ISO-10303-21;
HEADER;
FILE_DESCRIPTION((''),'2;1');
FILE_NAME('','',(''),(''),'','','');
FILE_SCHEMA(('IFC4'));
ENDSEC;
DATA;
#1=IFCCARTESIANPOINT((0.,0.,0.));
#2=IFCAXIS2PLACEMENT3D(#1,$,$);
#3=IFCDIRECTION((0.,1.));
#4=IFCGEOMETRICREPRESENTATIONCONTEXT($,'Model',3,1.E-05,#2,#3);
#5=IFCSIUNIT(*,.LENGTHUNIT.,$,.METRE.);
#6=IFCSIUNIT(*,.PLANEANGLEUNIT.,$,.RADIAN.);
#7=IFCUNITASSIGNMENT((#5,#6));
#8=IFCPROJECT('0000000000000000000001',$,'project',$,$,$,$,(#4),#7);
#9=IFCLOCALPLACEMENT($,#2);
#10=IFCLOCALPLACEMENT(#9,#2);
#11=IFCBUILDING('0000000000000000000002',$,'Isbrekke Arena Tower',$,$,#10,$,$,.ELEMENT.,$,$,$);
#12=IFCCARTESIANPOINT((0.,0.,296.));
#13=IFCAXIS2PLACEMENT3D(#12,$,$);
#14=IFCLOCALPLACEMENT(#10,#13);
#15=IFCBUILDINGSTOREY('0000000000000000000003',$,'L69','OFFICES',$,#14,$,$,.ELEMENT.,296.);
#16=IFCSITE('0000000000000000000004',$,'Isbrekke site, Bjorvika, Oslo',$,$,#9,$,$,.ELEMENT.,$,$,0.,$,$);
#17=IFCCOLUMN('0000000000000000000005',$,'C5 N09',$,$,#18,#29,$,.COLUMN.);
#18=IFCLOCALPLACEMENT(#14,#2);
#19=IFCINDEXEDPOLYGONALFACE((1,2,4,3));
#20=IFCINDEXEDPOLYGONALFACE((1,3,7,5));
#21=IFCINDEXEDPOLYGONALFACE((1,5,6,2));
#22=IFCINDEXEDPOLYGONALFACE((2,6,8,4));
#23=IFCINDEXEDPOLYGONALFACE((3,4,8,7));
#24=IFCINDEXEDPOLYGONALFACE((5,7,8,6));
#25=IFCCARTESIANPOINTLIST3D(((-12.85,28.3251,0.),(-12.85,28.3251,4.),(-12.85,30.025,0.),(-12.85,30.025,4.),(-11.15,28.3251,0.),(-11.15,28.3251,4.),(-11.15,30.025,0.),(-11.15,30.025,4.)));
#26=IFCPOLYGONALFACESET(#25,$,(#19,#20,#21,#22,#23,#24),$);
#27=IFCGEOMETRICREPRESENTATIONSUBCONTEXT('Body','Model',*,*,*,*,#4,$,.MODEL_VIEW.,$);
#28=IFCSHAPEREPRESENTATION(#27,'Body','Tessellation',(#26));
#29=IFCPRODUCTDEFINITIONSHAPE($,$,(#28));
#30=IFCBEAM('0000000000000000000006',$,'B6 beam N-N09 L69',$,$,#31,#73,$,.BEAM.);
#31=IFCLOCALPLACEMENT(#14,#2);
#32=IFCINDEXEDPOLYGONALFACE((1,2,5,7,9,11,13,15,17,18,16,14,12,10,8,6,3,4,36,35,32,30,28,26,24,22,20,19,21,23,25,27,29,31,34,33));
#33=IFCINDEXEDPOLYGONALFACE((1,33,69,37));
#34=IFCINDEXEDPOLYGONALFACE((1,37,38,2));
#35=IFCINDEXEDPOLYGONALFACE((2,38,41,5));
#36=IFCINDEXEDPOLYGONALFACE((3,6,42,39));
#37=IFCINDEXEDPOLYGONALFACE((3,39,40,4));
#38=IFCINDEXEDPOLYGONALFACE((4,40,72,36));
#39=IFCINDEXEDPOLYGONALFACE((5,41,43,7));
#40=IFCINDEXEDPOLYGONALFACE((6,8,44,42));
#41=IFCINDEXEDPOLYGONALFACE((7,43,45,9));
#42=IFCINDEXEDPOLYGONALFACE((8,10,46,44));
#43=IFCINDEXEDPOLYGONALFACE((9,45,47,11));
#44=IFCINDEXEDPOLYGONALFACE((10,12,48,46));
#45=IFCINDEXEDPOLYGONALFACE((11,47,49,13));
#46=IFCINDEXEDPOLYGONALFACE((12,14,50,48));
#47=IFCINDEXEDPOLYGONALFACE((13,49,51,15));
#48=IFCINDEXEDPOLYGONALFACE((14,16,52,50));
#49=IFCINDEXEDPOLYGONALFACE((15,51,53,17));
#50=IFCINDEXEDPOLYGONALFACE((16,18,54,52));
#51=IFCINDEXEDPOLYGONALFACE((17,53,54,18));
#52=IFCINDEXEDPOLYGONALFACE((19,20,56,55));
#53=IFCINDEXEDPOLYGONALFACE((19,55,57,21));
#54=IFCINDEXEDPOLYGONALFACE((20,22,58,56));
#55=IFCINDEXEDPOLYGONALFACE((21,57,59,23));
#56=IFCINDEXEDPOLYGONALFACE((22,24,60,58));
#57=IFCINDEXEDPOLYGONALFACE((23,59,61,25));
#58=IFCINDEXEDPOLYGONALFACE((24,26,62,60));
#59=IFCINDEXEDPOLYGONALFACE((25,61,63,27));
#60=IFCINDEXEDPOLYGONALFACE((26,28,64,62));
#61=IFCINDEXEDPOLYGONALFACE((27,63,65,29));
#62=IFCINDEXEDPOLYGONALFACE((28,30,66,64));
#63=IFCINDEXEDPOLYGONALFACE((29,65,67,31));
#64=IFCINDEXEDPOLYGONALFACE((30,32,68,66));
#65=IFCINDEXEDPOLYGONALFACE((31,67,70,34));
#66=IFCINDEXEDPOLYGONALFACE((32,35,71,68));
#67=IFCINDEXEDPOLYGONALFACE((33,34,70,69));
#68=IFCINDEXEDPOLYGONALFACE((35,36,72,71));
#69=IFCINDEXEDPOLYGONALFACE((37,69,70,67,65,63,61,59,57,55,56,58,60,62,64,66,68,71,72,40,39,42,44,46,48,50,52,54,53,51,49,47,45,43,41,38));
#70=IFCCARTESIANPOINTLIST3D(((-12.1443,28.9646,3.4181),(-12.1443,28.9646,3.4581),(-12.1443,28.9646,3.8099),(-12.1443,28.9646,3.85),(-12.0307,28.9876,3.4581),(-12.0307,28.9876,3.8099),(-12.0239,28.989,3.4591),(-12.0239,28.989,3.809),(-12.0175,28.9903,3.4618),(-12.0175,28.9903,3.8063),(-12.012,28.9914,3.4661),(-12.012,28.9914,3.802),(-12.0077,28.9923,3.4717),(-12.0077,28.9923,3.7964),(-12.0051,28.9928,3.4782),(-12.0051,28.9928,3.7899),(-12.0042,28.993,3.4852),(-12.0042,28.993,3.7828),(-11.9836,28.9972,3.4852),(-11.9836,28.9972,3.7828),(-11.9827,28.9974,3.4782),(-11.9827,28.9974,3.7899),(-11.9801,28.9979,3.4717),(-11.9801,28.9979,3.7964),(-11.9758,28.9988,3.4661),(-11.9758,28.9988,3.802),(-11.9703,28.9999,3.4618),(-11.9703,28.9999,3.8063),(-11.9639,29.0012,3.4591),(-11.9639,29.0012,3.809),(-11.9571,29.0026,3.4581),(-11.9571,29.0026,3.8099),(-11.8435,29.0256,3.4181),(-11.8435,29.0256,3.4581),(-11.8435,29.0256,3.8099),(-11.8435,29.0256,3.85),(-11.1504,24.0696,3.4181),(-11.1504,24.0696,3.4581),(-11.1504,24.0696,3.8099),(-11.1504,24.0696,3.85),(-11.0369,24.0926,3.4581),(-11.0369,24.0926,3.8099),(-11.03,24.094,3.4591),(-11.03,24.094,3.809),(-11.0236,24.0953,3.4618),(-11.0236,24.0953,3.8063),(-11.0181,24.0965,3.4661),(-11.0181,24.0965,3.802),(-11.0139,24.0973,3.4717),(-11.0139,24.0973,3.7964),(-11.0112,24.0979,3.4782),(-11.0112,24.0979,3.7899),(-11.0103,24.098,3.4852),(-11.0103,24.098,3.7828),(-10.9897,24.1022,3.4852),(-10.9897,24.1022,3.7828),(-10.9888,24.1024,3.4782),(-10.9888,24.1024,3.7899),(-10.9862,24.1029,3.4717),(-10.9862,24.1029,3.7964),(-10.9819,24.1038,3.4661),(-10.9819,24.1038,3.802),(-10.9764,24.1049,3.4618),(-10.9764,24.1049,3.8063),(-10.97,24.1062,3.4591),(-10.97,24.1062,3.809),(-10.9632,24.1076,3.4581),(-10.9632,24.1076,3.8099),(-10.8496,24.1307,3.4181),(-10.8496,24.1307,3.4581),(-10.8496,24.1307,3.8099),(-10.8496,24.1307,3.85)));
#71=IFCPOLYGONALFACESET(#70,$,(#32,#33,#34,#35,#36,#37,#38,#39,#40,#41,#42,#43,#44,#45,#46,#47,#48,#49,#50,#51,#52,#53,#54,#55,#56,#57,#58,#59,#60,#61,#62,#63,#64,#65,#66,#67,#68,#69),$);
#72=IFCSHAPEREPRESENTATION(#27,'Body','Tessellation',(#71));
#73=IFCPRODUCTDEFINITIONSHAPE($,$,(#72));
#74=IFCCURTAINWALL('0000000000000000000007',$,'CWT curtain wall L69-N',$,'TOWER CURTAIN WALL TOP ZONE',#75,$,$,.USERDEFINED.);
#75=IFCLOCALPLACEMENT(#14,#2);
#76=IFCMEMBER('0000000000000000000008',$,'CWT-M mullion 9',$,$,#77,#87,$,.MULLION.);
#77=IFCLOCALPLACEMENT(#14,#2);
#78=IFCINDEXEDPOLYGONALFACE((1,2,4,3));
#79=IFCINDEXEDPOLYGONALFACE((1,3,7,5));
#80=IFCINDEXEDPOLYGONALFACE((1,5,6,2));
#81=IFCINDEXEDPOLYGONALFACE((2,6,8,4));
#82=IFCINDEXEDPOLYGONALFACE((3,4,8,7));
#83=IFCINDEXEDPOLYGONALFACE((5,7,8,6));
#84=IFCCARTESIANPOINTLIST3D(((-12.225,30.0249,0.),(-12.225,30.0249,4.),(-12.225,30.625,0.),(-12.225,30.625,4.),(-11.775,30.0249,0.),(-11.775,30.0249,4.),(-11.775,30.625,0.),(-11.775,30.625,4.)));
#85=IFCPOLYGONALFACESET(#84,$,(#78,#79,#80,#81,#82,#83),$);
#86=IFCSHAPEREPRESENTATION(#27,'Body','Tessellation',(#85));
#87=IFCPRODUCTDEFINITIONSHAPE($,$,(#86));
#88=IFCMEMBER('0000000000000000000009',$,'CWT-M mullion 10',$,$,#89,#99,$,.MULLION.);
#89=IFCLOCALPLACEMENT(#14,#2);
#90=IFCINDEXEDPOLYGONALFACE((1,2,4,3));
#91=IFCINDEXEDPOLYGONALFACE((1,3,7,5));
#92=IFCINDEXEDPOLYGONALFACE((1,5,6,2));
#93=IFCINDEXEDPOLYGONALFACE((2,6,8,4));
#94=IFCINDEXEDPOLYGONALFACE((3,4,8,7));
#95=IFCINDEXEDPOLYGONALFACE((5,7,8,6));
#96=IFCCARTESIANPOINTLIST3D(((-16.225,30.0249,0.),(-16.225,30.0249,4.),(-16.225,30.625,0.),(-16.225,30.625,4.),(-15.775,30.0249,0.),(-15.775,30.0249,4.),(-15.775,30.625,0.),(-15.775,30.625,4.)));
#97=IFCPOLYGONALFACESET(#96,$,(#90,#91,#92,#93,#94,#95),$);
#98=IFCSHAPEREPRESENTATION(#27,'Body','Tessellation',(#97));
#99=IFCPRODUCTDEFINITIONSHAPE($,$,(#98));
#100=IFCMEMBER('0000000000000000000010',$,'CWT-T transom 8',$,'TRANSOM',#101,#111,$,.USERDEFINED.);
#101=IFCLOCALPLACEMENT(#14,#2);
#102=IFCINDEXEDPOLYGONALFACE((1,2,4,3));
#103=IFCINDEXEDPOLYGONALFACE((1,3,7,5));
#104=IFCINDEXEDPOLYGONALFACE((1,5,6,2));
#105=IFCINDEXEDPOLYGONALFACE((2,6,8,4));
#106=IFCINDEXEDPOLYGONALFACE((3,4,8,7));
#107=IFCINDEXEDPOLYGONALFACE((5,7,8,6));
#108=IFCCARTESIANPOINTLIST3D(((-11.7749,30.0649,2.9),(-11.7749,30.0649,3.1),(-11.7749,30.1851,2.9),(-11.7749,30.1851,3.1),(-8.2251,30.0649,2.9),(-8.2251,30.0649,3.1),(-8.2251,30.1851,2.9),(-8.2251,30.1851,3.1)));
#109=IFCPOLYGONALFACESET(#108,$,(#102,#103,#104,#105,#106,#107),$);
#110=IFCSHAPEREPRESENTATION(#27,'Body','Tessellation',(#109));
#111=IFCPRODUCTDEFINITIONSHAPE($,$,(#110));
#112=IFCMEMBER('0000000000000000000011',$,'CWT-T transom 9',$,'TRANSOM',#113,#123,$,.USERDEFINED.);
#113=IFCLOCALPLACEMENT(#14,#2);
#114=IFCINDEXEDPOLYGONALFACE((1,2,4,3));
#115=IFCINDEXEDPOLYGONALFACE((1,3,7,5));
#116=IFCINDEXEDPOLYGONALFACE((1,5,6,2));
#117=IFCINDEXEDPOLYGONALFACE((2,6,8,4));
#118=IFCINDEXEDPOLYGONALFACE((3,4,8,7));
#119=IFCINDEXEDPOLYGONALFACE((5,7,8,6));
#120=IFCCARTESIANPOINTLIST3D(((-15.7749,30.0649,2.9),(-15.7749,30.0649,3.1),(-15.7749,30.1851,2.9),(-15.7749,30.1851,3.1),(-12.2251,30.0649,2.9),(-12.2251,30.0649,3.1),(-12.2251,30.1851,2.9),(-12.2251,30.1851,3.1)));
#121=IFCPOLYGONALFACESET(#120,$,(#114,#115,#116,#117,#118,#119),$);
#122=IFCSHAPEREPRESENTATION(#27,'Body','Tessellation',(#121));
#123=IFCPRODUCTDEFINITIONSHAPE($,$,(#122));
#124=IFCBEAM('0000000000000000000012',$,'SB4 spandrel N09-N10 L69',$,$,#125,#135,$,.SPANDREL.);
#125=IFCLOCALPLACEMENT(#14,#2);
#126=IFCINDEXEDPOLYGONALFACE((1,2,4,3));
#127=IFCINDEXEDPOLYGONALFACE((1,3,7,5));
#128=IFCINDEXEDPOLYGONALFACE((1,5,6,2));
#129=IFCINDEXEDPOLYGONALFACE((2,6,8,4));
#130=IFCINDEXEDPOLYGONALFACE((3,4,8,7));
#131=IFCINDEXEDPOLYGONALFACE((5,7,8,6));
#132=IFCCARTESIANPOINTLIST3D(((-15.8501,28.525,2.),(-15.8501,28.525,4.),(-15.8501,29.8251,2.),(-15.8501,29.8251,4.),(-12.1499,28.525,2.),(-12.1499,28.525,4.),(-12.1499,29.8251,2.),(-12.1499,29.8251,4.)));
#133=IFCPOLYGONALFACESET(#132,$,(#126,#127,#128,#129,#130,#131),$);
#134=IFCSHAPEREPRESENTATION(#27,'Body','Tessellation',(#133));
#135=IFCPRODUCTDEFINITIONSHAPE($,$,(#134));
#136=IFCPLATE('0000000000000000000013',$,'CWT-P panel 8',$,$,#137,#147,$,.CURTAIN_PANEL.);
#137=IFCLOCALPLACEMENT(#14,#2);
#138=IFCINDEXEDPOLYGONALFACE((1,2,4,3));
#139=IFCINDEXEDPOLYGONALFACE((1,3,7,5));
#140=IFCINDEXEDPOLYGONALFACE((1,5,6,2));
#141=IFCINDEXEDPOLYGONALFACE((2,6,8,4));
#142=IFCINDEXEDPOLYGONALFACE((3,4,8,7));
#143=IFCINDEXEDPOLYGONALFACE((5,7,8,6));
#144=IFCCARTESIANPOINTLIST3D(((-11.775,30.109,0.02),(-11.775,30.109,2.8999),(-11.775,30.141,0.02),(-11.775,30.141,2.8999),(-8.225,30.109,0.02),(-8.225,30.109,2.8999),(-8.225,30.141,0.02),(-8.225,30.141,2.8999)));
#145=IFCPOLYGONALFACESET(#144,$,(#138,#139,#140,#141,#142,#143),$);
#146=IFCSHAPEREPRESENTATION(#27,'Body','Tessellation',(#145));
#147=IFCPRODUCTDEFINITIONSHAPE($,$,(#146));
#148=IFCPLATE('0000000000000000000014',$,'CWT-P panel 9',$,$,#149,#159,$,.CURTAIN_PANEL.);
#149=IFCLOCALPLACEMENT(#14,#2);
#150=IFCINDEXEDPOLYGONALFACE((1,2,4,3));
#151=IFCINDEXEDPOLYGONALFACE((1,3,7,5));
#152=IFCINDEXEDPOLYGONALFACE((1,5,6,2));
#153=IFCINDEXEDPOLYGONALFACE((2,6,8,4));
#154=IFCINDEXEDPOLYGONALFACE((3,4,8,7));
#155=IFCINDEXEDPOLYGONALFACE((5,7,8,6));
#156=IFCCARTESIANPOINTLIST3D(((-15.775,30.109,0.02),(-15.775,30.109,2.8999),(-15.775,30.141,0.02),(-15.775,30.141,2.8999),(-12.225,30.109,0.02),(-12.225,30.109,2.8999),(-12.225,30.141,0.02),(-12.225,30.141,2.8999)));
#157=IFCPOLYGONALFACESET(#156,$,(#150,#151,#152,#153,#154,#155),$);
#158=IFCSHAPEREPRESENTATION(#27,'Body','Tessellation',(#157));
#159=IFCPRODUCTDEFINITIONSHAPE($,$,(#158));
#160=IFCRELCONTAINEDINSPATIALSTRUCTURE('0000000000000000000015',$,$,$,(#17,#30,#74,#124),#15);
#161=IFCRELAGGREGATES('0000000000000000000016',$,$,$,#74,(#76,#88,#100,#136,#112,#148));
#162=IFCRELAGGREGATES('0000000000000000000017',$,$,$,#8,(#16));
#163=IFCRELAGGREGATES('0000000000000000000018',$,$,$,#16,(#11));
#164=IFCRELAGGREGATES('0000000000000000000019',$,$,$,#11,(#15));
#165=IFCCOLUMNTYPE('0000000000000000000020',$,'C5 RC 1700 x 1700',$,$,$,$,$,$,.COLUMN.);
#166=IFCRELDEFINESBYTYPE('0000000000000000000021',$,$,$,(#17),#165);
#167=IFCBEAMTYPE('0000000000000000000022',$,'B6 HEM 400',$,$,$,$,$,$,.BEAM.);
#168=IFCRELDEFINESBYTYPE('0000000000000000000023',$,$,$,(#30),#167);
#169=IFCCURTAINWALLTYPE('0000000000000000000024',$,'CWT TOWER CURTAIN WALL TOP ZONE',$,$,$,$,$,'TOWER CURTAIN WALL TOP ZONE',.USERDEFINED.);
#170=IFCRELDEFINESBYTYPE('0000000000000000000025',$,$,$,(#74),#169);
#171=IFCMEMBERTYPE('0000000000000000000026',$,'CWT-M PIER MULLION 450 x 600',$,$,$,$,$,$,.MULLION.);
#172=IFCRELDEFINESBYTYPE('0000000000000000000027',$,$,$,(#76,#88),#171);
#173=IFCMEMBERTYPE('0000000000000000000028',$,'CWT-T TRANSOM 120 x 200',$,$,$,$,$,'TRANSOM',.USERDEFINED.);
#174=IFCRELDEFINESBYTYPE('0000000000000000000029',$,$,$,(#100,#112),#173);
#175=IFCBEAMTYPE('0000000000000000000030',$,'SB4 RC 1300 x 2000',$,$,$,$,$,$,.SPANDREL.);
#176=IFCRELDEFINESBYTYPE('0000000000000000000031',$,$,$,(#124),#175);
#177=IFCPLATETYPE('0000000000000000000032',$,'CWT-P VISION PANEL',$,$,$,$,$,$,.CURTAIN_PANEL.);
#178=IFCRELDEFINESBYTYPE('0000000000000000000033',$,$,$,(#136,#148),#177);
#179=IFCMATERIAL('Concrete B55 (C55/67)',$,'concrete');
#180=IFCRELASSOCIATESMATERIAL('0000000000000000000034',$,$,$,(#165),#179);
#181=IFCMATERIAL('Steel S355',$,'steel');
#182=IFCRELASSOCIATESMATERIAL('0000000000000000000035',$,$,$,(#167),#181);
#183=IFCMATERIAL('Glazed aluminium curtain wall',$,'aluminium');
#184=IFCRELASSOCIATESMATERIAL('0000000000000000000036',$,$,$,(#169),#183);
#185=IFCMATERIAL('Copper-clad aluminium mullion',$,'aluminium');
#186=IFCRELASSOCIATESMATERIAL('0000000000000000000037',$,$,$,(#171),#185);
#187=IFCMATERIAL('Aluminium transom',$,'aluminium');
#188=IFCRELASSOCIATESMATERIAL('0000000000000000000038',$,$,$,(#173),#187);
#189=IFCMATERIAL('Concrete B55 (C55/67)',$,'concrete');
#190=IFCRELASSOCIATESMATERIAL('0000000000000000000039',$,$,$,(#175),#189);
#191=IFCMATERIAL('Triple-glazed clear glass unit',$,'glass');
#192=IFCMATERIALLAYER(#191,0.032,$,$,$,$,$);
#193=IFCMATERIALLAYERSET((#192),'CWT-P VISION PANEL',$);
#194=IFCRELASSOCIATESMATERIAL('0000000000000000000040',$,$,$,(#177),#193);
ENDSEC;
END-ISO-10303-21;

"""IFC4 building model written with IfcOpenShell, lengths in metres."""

from ifc_helpers import new_model, si_unit, direction, frame, origin, origin_2d, place, context, subcontext, project, spatial, rectangle, i_section, extrude, material, layer, layer_set, material_profile, profile_set, type_object, element, aggregate, save


model = new_model("IFC4")

# Units and contexts
model_context = context("Model", 3, precision=1e-05, world=origin(), true_north=direction((0.0, 1.0)))
body_context = subcontext(model_context, "Body", "Model", "MODEL_VIEW")
ifc_project = project(units=[si_unit("LENGTHUNIT", "METRE"), si_unit("PLANEANGLEUNIT", "RADIAN")], contexts=[model_context])

# Site, building, storey
site_placement = place(None, origin())
site = spatial("IfcSite", under=ifc_project, at=site_placement, Name="Isbrekke site, Bjorvika, Oslo", CompositionType="ELEMENT", RefElevation=0.0)
building_placement = place(site_placement, origin())
building = spatial("IfcBuilding", under=site, at=building_placement, Name="Isbrekke Arena Tower", CompositionType="ELEMENT")
storey_placement = place(building_placement, frame((0.0, 0.0, 296.0)))
storey = spatial("IfcBuildingStorey", under=building, at=storey_placement, Name="L69", Description="OFFICES", CompositionType="ELEMENT", Elevation=296.0)

# Column
ifc_material_1 = material(Name="Concrete B55 (C55/67)", Category="concrete")
ifc_material_profile_1 = material_profile(ifc_material_1, rectangle(XDim=1.7, YDim=1.7, at=origin_2d()), Name="RC 1700x1700")
ifc_profile_set_1 = profile_set([ifc_material_profile_1], Name="Concrete B55 (C55/67)")
column_type = type_object("IfcColumnType", Name="C5 RC 1700 x 1700", PredefinedType="COLUMN", material=ifc_profile_set_1)
column_placement = place(storey_placement, frame((-12.0, 29.175, 0.0), z_axis=(0.0, 0.0, 1.0), x_axis=(-1.0, 0.0, 0.0)))
element("IfcColumn", 1, at=column_placement, inside=storey, type_object=column_type, Name="C5 N09", PredefinedType="COLUMN", context=body_context, shape_type="SweptSolid", body=[
    extrude(rectangle(XDim=1.7, YDim=1.7, at=origin_2d()), origin(), (0.0, 0.0, 1.0), 4.0),
])

# Beam
ifc_material_2 = material(Name="Steel S355", Category="steel")
ifc_material_profile_2 = material_profile(ifc_material_2, i_section(OverallWidth=0.3069, OverallDepth=0.4319, WebThickness=0.021, FlangeThickness=0.04, FilletRadius=0.0271, at=origin_2d()), Name="HEM 400")
ifc_profile_set_2 = profile_set([ifc_material_profile_2], Name="Steel S355")
beam_type_1 = type_object("IfcBeamType", Name="B6 HEM 400", PredefinedType="BEAM", material=ifc_profile_set_2)
beam_1_placement = place(storey_placement, frame((-11.9939, 28.9951, 3.634), z_axis=(0.198982, -0.980003, 0.0), x_axis=(0.980003, 0.198982, 0.0)))
element("IfcBeam", 2, at=beam_1_placement, inside=storey, type_object=beam_type_1, Name="B6 beam N-N09 L69", PredefinedType="BEAM", context=body_context, shape_type="SweptSolid", body=[
    extrude(i_section(OverallWidth=0.3069, OverallDepth=0.4319, WebThickness=0.021, FlangeThickness=0.04, FilletRadius=0.0271, at=origin_2d()), origin(), (0.0, 0.0, 1.0), 4.9949),
])

# Curtain wall, members
ifc_material_3 = material(Name="Glazed aluminium curtain wall", Category="aluminium")
curtain_wall_type = type_object("IfcCurtainWallType", Name="CWT TOWER CURTAIN WALL TOP ZONE", ElementType="TOWER CURTAIN WALL TOP ZONE", PredefinedType="USERDEFINED", material=ifc_material_3)
curtain_wall_placement = place(storey_placement, origin())
curtain_wall = element("IfcCurtainWall", 3, at=curtain_wall_placement, inside=storey, type_object=curtain_wall_type, Name="CWT curtain wall L69-N", ObjectType="TOWER CURTAIN WALL TOP ZONE", PredefinedType="USERDEFINED")
ifc_material_4 = material(Name="Copper-clad aluminium mullion", Category="aluminium")
ifc_material_profile_3 = material_profile(ifc_material_4, rectangle(XDim=0.45, YDim=0.6001, at=origin_2d()), Name="PIER 450X600")
ifc_profile_set_3 = profile_set([ifc_material_profile_3], Name="Copper-clad aluminium mullion")
member_type_1 = type_object("IfcMemberType", Name="CWT-M PIER MULLION 450 x 600", PredefinedType="MULLION", material=ifc_profile_set_3)
member_1_placement = place(storey_placement, frame((-12.0, 30.325, 0.0), z_axis=(0.0, 0.0, 1.0), x_axis=(-1.0, 0.0, 0.0)))
member_1 = element("IfcMember", 4, at=member_1_placement, type_object=member_type_1, Name="CWT-M mullion 9", PredefinedType="MULLION", context=body_context, shape_type="SweptSolid", body=[
    extrude(rectangle(XDim=0.45, YDim=0.6001, at=origin_2d()), origin(), (0.0, 0.0, 1.0), 4.0),
])
member_2_placement = place(storey_placement, frame((-16.0, 30.325, 0.0), z_axis=(0.0, 0.0, 1.0), x_axis=(-1.0, 0.0, 0.0)))
member_2 = element("IfcMember", 5, at=member_2_placement, type_object=member_type_1, Name="CWT-M mullion 10", PredefinedType="MULLION", context=body_context, shape_type="SweptSolid", body=[
    extrude(rectangle(XDim=0.45, YDim=0.6001, at=origin_2d()), origin(), (0.0, 0.0, 1.0), 4.0),
])
ifc_material_5 = material(Name="Aluminium transom", Category="aluminium")
ifc_material_profile_4 = material_profile(ifc_material_5, rectangle(XDim=0.1201, YDim=0.2, at=origin_2d()), Name="TRANSOM 120X200")
ifc_profile_set_4 = profile_set([ifc_material_profile_4], Name="Aluminium transom")
member_type_2 = type_object("IfcMemberType", Name="CWT-T TRANSOM 120 x 200", ElementType="TRANSOM", PredefinedType="USERDEFINED", material=ifc_profile_set_4)
member_3_placement = place(storey_placement, frame((-8.2251, 30.125, 3.0), z_axis=(-1.0, 0.0, 0.0), x_axis=(0.0, -1.0, 0.0)))
member_3 = element("IfcMember", 6, at=member_3_placement, type_object=member_type_2, Name="CWT-T transom 8", ObjectType="TRANSOM", PredefinedType="USERDEFINED", context=body_context, shape_type="SweptSolid", body=[
    extrude(rectangle(XDim=0.1201, YDim=0.2, at=origin_2d()), origin(), (0.0, 0.0, 1.0), 3.5498),
])
member_4_placement = place(storey_placement, frame((-12.2251, 30.125, 3.0), z_axis=(-1.0, 0.0, 0.0), x_axis=(0.0, -1.0, 0.0)))
member_4 = element("IfcMember", 7, at=member_4_placement, type_object=member_type_2, Name="CWT-T transom 9", ObjectType="TRANSOM", PredefinedType="USERDEFINED", context=body_context, shape_type="SweptSolid", body=[
    extrude(rectangle(XDim=0.1201, YDim=0.2, at=origin_2d()), origin(), (0.0, 0.0, 1.0), 3.5498),
])

# Beam
ifc_material_6 = material(Name="Concrete B55 (C55/67)", Category="concrete")
ifc_material_profile_5 = material_profile(ifc_material_6, rectangle(XDim=1.3, YDim=2.0, at=origin_2d()), Name="RC 1300x2000")
ifc_profile_set_5 = profile_set([ifc_material_profile_5], Name="Concrete B55 (C55/67)")
beam_type_2 = type_object("IfcBeamType", Name="SB4 RC 1300 x 2000", PredefinedType="SPANDREL", material=ifc_profile_set_5)
beam_2_placement = place(storey_placement, frame((-12.1499, 29.175, 3.0), z_axis=(-1.0, 0.0, 0.0), x_axis=(0.0, -1.0, 0.0)))
element("IfcBeam", 8, at=beam_2_placement, inside=storey, type_object=beam_type_2, Name="SB4 spandrel N09-N10 L69", PredefinedType="SPANDREL", context=body_context, shape_type="SweptSolid", body=[
    extrude(rectangle(XDim=1.3, YDim=2.0, at=origin_2d()), origin(), (0.0, 0.0, 1.0), 3.7002),
])

# Plates
ifc_material_7 = material(Name="Triple-glazed clear glass unit", Category="glass")
ifc_layer_1 = layer(ifc_material_7, 0.032)
ifc_layer_set_1 = layer_set([ifc_layer_1], Name="CWT-P VISION PANEL")
plate_type = type_object("IfcPlateType", Name="CWT-P VISION PANEL", PredefinedType="CURTAIN_PANEL", material=ifc_layer_set_1)
plate_1_placement = place(storey_placement, frame((-10.0, 30.125, 0.02), z_axis=(0.0, 0.0, 1.0), x_axis=(-1.0, 0.0, 0.0)))
plate_1 = element("IfcPlate", 9, at=plate_1_placement, type_object=plate_type, Name="CWT-P panel 8", PredefinedType="CURTAIN_PANEL", context=body_context, shape_type="SweptSolid", body=[
    extrude(rectangle(XDim=3.55, YDim=0.032, at=origin_2d()), origin(), (0.0, 0.0, 1.0), 2.8799),
])
plate_2_placement = place(storey_placement, frame((-14.0, 30.125, 0.02), z_axis=(0.0, 0.0, 1.0), x_axis=(-1.0, 0.0, 0.0)))
plate_2 = element("IfcPlate", 10, at=plate_2_placement, type_object=plate_type, Name="CWT-P panel 9", PredefinedType="CURTAIN_PANEL", context=body_context, shape_type="SweptSolid", body=[
    extrude(rectangle(XDim=3.55, YDim=0.032, at=origin_2d()), origin(), (0.0, 0.0, 1.0), 2.8799),
])
aggregate(curtain_wall, [member_1, member_2, member_3, plate_1, member_4, plate_2])

save(model, "model.ifc")
